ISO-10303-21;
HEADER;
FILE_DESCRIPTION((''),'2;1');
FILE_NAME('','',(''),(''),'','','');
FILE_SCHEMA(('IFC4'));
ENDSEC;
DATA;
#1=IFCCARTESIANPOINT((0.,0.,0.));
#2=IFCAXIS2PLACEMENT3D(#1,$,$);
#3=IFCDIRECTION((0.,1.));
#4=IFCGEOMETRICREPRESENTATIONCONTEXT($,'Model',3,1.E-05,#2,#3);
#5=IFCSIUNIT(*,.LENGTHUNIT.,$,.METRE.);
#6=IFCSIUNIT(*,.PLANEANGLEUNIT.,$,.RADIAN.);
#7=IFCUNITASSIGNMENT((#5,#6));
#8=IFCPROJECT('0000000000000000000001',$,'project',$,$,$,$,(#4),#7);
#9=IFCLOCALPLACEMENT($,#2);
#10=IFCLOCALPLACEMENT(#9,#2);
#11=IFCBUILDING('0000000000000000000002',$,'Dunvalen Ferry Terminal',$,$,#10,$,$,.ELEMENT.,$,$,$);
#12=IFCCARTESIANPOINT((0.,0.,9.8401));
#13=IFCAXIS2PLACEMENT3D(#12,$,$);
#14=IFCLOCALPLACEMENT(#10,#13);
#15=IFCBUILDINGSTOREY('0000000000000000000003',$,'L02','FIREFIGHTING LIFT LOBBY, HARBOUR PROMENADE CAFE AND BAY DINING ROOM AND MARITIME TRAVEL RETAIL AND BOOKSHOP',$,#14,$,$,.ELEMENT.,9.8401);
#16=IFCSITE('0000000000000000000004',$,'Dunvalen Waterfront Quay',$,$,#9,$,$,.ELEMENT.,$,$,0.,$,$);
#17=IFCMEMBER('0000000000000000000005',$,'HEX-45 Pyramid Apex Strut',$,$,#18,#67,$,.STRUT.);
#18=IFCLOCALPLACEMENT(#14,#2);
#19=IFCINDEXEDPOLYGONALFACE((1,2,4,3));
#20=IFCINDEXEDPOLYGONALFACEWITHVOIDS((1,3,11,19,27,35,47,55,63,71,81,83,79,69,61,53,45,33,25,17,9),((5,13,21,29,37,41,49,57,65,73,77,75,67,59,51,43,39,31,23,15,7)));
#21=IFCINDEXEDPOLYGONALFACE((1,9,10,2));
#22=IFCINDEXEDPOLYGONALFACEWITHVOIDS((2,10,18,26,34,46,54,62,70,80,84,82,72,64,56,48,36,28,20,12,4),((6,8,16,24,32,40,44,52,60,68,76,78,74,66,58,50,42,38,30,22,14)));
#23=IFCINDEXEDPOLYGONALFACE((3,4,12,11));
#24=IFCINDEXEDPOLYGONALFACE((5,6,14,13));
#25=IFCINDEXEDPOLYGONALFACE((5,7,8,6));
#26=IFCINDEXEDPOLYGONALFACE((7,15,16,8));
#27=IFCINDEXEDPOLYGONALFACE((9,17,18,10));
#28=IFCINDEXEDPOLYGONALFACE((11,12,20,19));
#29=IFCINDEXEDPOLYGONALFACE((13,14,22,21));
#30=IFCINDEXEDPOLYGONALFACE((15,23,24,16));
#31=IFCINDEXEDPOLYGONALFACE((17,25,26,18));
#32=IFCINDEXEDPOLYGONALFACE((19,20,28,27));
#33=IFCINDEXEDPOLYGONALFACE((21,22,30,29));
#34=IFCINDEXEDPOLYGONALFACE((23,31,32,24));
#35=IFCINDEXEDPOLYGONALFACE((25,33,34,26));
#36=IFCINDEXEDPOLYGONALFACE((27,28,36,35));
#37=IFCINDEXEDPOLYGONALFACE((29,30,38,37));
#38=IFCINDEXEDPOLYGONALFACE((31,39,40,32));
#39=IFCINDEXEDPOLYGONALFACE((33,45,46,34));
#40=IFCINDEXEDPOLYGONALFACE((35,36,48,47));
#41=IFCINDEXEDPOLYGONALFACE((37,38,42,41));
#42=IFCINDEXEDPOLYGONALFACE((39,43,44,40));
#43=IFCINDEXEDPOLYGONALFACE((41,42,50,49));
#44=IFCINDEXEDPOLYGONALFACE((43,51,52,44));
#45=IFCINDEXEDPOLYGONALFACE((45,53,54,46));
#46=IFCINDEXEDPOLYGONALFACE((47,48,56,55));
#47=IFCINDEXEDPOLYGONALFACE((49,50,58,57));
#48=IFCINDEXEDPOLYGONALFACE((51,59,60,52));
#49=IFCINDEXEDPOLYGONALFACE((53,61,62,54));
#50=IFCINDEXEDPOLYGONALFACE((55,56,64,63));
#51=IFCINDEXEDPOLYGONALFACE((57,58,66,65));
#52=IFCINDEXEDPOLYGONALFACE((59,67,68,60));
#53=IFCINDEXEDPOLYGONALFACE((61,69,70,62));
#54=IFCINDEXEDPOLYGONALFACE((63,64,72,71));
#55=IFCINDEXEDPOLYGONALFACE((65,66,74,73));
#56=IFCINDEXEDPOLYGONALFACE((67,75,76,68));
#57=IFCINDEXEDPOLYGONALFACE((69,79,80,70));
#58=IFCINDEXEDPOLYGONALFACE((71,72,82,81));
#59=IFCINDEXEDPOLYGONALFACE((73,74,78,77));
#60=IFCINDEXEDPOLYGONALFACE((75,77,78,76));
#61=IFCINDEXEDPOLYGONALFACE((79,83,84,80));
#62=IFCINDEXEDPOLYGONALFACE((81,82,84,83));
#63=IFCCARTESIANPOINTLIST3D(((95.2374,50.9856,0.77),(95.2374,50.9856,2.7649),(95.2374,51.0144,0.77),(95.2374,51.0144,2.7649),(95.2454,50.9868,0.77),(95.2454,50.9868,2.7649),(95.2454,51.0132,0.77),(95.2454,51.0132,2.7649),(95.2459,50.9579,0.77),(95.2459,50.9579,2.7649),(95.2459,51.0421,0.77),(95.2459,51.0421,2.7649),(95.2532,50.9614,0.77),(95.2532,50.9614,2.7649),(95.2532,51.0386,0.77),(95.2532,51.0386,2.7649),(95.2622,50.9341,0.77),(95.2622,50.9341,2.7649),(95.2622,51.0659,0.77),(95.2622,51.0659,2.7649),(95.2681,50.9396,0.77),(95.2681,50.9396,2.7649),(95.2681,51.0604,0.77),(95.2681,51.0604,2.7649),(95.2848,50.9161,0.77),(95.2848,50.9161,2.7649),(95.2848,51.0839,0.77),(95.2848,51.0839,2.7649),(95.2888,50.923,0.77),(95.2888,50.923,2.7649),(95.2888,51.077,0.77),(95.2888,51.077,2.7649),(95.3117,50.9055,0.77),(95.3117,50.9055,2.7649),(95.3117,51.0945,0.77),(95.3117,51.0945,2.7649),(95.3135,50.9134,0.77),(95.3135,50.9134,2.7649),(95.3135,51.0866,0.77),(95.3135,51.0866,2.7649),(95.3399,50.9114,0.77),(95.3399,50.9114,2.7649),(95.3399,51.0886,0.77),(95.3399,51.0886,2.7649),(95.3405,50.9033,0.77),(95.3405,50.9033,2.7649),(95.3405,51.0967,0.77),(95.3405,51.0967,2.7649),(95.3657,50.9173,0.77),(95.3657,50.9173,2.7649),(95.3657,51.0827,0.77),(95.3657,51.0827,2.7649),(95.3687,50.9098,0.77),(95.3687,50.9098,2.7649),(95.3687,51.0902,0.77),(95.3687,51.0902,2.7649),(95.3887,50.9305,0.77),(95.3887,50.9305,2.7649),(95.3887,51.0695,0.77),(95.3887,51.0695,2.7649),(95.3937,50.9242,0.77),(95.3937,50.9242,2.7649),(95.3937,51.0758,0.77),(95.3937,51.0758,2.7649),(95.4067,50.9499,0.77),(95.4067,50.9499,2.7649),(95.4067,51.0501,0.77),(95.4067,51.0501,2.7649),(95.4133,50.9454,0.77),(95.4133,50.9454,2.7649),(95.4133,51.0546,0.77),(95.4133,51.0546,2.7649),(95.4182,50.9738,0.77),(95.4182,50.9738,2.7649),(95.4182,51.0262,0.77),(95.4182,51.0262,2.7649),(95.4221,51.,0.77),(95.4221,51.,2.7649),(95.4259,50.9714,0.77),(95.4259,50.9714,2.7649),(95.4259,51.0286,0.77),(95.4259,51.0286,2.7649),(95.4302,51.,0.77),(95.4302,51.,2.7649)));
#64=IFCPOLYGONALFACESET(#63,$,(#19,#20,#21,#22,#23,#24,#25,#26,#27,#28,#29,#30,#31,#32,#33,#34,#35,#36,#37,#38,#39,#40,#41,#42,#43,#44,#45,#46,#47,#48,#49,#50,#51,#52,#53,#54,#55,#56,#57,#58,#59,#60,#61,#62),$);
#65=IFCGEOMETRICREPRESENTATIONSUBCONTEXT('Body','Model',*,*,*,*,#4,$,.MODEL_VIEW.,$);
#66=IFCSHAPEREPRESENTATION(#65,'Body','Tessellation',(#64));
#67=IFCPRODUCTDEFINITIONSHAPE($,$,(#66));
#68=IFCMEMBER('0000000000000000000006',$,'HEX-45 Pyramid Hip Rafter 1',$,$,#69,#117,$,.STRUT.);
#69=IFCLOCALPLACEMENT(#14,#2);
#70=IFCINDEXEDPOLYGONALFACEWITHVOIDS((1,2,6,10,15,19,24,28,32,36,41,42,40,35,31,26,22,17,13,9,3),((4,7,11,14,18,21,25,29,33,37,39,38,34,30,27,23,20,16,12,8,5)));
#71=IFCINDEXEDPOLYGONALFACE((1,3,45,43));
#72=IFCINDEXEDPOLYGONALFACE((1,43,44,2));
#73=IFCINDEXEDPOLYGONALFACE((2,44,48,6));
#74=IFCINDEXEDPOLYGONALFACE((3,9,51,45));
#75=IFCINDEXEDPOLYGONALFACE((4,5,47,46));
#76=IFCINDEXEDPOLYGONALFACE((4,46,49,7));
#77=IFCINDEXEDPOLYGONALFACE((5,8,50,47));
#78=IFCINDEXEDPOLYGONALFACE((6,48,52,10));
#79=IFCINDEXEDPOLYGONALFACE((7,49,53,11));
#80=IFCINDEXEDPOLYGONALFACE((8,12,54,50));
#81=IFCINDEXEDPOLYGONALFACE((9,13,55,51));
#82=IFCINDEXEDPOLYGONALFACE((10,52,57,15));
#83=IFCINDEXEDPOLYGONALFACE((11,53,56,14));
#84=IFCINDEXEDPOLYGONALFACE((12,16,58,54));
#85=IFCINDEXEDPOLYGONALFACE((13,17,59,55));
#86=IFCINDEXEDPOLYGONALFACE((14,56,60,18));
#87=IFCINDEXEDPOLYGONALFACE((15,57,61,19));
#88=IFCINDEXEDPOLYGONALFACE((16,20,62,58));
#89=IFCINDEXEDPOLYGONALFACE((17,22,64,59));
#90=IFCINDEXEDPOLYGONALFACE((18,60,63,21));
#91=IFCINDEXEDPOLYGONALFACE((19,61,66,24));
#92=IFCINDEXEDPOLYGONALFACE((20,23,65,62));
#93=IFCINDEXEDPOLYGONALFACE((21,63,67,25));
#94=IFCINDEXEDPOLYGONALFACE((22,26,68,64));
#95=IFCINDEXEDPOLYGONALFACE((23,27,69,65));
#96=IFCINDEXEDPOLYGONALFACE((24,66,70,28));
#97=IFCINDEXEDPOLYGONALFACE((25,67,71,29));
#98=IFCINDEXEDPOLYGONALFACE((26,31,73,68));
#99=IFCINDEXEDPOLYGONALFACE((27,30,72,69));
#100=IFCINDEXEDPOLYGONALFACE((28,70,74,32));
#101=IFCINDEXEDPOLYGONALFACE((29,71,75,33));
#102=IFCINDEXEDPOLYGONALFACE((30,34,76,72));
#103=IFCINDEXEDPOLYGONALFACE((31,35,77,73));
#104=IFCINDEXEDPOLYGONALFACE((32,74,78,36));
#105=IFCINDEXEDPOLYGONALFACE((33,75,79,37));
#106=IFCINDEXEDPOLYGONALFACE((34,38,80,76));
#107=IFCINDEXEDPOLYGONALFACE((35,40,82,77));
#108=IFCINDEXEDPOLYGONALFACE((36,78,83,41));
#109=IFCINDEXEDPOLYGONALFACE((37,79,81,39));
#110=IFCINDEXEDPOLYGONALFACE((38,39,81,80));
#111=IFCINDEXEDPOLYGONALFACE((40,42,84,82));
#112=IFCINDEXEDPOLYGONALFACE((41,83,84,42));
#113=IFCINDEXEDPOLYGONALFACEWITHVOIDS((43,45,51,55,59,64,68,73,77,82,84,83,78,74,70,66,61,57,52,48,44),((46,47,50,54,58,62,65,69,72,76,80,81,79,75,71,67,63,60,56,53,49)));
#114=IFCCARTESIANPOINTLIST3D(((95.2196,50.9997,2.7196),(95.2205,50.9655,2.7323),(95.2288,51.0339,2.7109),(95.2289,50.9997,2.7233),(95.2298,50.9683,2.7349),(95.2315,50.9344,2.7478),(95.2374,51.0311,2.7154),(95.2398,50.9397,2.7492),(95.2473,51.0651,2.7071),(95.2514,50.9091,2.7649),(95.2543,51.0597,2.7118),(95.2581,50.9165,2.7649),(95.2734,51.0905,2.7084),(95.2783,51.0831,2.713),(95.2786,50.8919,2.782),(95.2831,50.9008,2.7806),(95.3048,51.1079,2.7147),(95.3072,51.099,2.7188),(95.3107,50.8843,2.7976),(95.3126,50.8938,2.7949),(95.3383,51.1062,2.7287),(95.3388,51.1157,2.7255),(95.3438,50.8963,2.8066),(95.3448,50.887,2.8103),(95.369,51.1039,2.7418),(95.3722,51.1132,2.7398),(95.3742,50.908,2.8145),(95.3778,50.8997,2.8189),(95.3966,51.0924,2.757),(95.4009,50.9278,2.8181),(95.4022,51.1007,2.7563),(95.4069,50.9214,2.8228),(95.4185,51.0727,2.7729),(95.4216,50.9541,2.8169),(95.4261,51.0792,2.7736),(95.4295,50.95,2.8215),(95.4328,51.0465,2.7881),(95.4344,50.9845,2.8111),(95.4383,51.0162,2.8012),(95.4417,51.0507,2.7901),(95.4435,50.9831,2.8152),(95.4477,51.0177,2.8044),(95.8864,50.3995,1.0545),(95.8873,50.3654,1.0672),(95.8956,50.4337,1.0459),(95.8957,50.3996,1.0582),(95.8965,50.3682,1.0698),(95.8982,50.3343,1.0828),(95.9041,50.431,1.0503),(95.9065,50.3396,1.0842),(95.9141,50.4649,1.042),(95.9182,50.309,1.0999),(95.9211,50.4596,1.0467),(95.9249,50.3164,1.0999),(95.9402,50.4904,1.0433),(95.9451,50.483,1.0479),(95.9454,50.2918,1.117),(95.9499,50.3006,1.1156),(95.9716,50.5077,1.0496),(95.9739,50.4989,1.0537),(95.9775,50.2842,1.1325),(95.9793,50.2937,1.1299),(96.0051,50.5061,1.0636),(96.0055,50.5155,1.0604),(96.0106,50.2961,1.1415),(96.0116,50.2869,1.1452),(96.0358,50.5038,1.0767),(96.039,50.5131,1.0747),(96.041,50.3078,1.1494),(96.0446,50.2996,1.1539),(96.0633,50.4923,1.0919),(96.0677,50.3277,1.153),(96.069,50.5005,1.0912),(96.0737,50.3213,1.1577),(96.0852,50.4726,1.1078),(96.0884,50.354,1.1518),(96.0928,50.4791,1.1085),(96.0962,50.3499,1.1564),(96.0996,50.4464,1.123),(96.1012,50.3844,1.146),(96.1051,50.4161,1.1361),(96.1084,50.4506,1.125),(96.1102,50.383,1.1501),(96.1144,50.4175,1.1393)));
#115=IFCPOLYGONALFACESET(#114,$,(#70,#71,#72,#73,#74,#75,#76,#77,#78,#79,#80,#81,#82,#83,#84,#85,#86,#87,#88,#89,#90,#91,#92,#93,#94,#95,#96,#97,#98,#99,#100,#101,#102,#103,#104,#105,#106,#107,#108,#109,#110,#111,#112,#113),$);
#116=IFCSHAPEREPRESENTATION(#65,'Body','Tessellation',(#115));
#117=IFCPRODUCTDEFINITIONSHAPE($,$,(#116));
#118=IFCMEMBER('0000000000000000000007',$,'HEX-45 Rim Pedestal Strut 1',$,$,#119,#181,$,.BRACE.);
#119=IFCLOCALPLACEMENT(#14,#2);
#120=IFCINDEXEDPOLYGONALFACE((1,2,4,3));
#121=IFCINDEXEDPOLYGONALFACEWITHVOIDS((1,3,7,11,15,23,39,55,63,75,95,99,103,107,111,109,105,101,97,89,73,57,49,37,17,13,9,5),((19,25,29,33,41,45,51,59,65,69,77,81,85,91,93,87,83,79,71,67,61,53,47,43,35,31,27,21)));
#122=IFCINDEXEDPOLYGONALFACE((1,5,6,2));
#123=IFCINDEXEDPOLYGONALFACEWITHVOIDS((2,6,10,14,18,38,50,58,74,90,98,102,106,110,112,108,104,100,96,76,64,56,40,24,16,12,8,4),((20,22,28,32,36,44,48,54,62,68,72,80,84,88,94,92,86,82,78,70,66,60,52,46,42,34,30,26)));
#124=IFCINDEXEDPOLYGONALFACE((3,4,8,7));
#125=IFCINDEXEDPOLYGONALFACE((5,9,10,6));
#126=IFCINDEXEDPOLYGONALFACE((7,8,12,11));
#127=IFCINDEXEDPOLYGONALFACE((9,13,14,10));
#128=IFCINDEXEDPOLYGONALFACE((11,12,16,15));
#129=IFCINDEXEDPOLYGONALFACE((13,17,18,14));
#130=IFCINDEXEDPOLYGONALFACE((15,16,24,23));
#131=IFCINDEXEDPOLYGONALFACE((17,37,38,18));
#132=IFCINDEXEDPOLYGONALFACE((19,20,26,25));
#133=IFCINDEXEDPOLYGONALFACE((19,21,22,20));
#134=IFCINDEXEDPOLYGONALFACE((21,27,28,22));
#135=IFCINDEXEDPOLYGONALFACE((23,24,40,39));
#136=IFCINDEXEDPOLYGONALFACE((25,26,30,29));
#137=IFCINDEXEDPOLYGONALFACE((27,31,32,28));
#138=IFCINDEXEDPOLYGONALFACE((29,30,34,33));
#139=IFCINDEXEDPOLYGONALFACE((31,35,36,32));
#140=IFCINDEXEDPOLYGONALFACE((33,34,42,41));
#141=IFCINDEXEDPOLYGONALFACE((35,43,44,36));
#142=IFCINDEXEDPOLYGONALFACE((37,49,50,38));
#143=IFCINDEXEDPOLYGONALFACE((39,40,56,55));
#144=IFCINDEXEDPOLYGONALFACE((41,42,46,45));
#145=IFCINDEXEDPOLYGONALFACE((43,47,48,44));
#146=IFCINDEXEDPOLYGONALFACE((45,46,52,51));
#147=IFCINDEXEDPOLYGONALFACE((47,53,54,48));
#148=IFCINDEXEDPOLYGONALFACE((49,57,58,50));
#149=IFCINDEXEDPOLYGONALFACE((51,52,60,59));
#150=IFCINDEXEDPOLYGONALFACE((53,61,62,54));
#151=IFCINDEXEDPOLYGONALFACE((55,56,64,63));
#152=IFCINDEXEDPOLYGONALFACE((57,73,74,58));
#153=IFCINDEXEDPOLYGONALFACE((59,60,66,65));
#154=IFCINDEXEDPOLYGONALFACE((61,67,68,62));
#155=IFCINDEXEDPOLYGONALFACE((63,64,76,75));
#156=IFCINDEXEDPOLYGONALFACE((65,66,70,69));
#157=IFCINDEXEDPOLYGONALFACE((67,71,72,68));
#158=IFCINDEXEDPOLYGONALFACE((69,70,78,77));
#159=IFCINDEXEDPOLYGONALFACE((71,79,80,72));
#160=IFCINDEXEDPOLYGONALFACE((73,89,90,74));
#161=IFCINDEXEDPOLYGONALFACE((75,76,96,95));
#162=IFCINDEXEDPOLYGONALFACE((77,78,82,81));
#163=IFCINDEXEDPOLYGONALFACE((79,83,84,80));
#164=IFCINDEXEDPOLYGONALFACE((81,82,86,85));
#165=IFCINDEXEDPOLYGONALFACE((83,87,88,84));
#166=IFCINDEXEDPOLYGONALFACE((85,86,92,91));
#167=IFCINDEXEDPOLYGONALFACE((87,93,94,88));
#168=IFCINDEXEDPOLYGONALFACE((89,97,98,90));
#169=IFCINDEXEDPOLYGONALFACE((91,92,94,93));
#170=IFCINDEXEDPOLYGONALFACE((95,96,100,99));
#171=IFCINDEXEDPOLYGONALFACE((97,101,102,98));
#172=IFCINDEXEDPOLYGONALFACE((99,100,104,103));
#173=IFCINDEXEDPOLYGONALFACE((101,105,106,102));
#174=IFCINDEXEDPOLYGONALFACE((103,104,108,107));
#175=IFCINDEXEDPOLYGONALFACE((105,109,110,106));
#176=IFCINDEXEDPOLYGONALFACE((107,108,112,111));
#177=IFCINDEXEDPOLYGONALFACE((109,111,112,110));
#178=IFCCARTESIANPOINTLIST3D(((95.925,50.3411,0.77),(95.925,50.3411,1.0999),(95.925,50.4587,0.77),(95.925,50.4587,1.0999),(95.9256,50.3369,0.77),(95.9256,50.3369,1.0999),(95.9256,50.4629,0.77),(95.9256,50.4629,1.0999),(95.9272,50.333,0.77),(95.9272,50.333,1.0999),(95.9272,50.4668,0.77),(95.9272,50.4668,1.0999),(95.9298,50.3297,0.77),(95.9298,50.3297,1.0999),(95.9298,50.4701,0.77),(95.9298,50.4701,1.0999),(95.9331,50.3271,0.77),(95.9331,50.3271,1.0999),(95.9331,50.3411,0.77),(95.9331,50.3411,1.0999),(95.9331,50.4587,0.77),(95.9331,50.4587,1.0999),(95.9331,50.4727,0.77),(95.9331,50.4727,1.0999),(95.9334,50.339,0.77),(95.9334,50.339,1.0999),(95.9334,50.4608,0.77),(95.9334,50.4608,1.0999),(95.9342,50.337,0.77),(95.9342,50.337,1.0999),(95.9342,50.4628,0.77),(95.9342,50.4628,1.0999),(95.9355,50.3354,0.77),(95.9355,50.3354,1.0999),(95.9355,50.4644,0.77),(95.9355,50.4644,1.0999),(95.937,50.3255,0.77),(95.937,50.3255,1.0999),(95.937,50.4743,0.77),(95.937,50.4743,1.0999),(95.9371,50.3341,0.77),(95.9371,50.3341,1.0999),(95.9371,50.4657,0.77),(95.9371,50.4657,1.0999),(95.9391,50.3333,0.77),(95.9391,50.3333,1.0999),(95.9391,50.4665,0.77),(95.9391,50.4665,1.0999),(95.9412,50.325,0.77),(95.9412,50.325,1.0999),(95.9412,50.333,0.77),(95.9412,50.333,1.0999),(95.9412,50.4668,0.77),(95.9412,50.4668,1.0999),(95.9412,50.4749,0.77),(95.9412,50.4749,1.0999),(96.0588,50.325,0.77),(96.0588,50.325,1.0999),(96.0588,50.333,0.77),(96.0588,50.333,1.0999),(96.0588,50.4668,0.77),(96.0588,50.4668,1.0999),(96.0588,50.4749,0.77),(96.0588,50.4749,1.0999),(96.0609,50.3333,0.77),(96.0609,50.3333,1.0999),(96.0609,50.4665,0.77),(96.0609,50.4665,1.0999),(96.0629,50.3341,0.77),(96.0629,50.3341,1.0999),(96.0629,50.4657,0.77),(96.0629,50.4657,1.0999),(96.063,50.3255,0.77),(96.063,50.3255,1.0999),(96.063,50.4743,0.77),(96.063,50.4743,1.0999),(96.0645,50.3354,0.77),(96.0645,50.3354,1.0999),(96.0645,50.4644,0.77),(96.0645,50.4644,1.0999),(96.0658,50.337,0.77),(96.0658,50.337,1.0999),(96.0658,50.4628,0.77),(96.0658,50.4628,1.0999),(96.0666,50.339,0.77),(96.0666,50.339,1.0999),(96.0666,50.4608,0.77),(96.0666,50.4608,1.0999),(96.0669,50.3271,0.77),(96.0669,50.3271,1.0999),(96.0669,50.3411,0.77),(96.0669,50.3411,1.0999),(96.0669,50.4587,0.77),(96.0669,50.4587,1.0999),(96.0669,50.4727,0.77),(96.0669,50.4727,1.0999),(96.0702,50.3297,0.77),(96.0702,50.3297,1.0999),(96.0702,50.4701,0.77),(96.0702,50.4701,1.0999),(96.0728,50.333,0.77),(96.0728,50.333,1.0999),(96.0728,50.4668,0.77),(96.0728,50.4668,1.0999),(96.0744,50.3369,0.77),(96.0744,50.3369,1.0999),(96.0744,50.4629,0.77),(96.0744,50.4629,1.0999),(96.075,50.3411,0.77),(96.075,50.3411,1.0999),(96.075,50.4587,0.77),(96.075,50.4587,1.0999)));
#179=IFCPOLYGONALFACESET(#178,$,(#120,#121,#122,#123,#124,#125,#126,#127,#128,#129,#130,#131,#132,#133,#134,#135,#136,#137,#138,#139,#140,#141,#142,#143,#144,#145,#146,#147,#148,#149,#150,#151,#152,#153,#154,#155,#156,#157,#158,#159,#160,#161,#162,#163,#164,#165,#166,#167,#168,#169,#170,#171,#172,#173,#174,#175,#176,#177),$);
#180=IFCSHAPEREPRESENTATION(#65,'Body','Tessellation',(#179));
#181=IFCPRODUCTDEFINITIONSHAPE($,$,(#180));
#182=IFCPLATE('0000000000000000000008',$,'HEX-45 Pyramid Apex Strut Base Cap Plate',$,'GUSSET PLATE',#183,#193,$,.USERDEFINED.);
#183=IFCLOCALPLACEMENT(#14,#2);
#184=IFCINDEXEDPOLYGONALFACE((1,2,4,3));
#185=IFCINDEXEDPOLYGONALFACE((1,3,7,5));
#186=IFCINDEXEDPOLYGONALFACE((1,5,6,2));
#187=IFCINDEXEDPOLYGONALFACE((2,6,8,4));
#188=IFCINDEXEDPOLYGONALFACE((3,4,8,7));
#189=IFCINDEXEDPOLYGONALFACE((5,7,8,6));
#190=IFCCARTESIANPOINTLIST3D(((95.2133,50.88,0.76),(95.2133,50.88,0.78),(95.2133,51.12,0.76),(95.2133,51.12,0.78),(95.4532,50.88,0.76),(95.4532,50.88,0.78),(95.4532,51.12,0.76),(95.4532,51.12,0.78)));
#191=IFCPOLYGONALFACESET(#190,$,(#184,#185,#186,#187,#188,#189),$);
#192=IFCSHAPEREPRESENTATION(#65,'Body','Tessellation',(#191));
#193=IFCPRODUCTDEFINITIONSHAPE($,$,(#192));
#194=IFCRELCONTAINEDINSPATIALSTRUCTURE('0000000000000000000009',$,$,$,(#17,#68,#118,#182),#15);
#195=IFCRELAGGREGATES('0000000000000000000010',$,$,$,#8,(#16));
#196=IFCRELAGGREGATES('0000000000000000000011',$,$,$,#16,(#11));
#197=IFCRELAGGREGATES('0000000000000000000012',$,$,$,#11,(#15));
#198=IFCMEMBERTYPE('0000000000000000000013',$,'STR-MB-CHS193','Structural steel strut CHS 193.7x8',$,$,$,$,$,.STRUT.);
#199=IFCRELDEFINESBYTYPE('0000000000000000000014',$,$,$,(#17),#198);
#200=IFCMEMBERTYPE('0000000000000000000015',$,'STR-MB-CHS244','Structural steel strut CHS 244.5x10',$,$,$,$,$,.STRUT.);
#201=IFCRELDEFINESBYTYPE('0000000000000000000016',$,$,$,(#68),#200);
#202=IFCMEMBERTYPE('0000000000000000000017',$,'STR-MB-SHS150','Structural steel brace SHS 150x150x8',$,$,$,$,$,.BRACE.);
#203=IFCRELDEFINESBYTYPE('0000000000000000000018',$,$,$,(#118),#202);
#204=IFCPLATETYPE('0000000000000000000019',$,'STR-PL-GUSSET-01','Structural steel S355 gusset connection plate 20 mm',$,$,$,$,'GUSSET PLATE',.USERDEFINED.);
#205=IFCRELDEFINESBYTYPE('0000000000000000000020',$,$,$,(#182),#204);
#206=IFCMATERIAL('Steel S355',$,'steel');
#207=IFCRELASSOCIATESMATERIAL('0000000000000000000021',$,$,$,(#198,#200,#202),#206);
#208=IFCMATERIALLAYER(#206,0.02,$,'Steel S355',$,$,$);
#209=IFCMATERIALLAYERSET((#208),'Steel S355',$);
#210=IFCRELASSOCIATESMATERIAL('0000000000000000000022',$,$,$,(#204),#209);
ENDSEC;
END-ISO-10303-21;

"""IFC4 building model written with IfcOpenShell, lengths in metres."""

from ifc_helpers import new_model, si_unit, direction, frame, origin, origin_2d, place, context, subcontext, project, spatial, rectangle, hollow_rectangle, hollow_circle, extrude, material, layer, layer_set, material_profile, profile_set, type_object, element, save


model = new_model("IFC4")

# Units and contexts
model_context = context("Model", 3, precision=1e-05, world=origin(), true_north=direction((0.0, 1.0)))
body_context = subcontext(model_context, "Body", "Model", "MODEL_VIEW")
ifc_project = project(units=[si_unit("LENGTHUNIT", "METRE"), si_unit("PLANEANGLEUNIT", "RADIAN")], contexts=[model_context])

# Site, building, storey
site_placement = place(None, origin())
site = spatial("IfcSite", under=ifc_project, at=site_placement, Name="Dunvalen Waterfront Quay", CompositionType="ELEMENT", RefElevation=0.0)
building_placement = place(site_placement, origin())
building = spatial("IfcBuilding", under=site, at=building_placement, Name="Dunvalen Ferry Terminal", CompositionType="ELEMENT")
storey_placement = place(building_placement, frame((0.0, 0.0, 9.8401)))
storey = spatial("IfcBuildingStorey", under=building, at=storey_placement, Name="L02", Description="FIREFIGHTING LIFT LOBBY, HARBOUR PROMENADE CAFE AND BAY DINING ROOM AND MARITIME TRAVEL RETAIL AND BOOKSHOP", CompositionType="ELEMENT", Elevation=9.8401)

# Shared definitions
ifc_material_1 = material(Name="Steel S355", Category="steel")

# Members
ifc_material_profile_1 = material_profile(ifc_material_1, hollow_circle(Radius=0.0969, WallThickness=0.0081, at=origin_2d()), Name="Steel S355")
ifc_profile_set_1 = profile_set([ifc_material_profile_1], Name="Steel S355")
member_type_1 = type_object("IfcMemberType", Name="STR-MB-CHS193", Description="Structural steel strut CHS 193.7x8", PredefinedType="STRUT", material=ifc_profile_set_1)
member_1_placement = place(storey_placement, frame((95.3333, 51.0, 0.77), z_axis=(0.0, 0.0, 1.0), x_axis=(1.0, 0.0, 0.0)))
element("IfcMember", 1, at=member_1_placement, inside=storey, type_object=member_type_1, Name="HEX-45 Pyramid Apex Strut", PredefinedType="STRUT", context=body_context, shape_type="SweptSolid", body=[
    extrude(hollow_circle(Radius=0.0969, WallThickness=0.0081, at=origin_2d()), origin(), (0.0, 0.0, 1.0), 1.9949),
])
ifc_material_profile_2 = material_profile(ifc_material_1, hollow_circle(Radius=0.1223, WallThickness=0.01, at=origin_2d()), Name="Steel S355")
ifc_profile_set_2 = profile_set([ifc_material_profile_2], Name="Steel S355")
member_type_2 = type_object("IfcMemberType", Name="STR-MB-CHS244", Description="Structural steel strut CHS 244.5x10", PredefinedType="STRUT", material=ifc_profile_set_2)
member_2_placement = place(storey_placement, frame((96.0, 50.3999, 1.0999), z_axis=(-0.352534, 0.317293, 0.880366), x_axis=(-0.66898, -0.743281, 0.0)))
element("IfcMember", 2, at=member_2_placement, inside=storey, type_object=member_type_2, Name="HEX-45 Pyramid Hip Rafter 1", PredefinedType="STRUT", context=body_context, shape_type="SweptSolid", body=[
    extrude(hollow_circle(Radius=0.1223, WallThickness=0.01, at=origin_2d()), origin(), (0.0, 0.0, 1.0), 1.8914),
])
ifc_material_profile_3 = material_profile(ifc_material_1, hollow_rectangle(XDim=0.1499, YDim=0.1499, WallThickness=0.0081, InnerFilletRadius=0.0081, OuterFilletRadius=0.0161, at=origin_2d()), Name="Steel S355")
ifc_profile_set_3 = profile_set([ifc_material_profile_3], Name="Steel S355")
member_type_3 = type_object("IfcMemberType", Name="STR-MB-SHS150", Description="Structural steel brace SHS 150x150x8", PredefinedType="BRACE", material=ifc_profile_set_3)
member_3_placement = place(storey_placement, frame((96.0, 50.3999, 0.77), z_axis=(0.0, 0.0, 1.0), x_axis=(1.0, 0.0, 0.0)))
element("IfcMember", 3, at=member_3_placement, inside=storey, type_object=member_type_3, Name="HEX-45 Rim Pedestal Strut 1", PredefinedType="BRACE", context=body_context, shape_type="SweptSolid", body=[
    extrude(hollow_rectangle(XDim=0.1499, YDim=0.1499, WallThickness=0.0081, InnerFilletRadius=0.0081, OuterFilletRadius=0.0161, at=origin_2d()), origin(), (0.0, 0.0, 1.0), 0.3298),
])

# Plate
ifc_layer_1 = layer(ifc_material_1, 0.02, Name="Steel S355")
ifc_layer_set_1 = layer_set([ifc_layer_1], Name="Steel S355")
plate_type_1 = type_object("IfcPlateType", Name="STR-PL-GUSSET-01", Description="Structural steel S355 gusset connection plate 20 mm", ElementType="GUSSET PLATE", PredefinedType="USERDEFINED", material=ifc_layer_set_1)
plate_1_placement = place(storey_placement, frame((95.3333, 51.0, 0.76), z_axis=(0.0, 0.0, 1.0), x_axis=(1.0, 0.0, 0.0)))
element("IfcPlate", 4, at=plate_1_placement, inside=storey, type_object=plate_type_1, Name="HEX-45 Pyramid Apex Strut Base Cap Plate", ObjectType="GUSSET PLATE", PredefinedType="USERDEFINED", context=body_context, shape_type="SweptSolid", body=[
    extrude(rectangle(XDim=0.24, YDim=0.24, at=origin_2d()), origin(), (0.0, 0.0, 1.0), 0.02),
])

save(model, "model.ifc")
